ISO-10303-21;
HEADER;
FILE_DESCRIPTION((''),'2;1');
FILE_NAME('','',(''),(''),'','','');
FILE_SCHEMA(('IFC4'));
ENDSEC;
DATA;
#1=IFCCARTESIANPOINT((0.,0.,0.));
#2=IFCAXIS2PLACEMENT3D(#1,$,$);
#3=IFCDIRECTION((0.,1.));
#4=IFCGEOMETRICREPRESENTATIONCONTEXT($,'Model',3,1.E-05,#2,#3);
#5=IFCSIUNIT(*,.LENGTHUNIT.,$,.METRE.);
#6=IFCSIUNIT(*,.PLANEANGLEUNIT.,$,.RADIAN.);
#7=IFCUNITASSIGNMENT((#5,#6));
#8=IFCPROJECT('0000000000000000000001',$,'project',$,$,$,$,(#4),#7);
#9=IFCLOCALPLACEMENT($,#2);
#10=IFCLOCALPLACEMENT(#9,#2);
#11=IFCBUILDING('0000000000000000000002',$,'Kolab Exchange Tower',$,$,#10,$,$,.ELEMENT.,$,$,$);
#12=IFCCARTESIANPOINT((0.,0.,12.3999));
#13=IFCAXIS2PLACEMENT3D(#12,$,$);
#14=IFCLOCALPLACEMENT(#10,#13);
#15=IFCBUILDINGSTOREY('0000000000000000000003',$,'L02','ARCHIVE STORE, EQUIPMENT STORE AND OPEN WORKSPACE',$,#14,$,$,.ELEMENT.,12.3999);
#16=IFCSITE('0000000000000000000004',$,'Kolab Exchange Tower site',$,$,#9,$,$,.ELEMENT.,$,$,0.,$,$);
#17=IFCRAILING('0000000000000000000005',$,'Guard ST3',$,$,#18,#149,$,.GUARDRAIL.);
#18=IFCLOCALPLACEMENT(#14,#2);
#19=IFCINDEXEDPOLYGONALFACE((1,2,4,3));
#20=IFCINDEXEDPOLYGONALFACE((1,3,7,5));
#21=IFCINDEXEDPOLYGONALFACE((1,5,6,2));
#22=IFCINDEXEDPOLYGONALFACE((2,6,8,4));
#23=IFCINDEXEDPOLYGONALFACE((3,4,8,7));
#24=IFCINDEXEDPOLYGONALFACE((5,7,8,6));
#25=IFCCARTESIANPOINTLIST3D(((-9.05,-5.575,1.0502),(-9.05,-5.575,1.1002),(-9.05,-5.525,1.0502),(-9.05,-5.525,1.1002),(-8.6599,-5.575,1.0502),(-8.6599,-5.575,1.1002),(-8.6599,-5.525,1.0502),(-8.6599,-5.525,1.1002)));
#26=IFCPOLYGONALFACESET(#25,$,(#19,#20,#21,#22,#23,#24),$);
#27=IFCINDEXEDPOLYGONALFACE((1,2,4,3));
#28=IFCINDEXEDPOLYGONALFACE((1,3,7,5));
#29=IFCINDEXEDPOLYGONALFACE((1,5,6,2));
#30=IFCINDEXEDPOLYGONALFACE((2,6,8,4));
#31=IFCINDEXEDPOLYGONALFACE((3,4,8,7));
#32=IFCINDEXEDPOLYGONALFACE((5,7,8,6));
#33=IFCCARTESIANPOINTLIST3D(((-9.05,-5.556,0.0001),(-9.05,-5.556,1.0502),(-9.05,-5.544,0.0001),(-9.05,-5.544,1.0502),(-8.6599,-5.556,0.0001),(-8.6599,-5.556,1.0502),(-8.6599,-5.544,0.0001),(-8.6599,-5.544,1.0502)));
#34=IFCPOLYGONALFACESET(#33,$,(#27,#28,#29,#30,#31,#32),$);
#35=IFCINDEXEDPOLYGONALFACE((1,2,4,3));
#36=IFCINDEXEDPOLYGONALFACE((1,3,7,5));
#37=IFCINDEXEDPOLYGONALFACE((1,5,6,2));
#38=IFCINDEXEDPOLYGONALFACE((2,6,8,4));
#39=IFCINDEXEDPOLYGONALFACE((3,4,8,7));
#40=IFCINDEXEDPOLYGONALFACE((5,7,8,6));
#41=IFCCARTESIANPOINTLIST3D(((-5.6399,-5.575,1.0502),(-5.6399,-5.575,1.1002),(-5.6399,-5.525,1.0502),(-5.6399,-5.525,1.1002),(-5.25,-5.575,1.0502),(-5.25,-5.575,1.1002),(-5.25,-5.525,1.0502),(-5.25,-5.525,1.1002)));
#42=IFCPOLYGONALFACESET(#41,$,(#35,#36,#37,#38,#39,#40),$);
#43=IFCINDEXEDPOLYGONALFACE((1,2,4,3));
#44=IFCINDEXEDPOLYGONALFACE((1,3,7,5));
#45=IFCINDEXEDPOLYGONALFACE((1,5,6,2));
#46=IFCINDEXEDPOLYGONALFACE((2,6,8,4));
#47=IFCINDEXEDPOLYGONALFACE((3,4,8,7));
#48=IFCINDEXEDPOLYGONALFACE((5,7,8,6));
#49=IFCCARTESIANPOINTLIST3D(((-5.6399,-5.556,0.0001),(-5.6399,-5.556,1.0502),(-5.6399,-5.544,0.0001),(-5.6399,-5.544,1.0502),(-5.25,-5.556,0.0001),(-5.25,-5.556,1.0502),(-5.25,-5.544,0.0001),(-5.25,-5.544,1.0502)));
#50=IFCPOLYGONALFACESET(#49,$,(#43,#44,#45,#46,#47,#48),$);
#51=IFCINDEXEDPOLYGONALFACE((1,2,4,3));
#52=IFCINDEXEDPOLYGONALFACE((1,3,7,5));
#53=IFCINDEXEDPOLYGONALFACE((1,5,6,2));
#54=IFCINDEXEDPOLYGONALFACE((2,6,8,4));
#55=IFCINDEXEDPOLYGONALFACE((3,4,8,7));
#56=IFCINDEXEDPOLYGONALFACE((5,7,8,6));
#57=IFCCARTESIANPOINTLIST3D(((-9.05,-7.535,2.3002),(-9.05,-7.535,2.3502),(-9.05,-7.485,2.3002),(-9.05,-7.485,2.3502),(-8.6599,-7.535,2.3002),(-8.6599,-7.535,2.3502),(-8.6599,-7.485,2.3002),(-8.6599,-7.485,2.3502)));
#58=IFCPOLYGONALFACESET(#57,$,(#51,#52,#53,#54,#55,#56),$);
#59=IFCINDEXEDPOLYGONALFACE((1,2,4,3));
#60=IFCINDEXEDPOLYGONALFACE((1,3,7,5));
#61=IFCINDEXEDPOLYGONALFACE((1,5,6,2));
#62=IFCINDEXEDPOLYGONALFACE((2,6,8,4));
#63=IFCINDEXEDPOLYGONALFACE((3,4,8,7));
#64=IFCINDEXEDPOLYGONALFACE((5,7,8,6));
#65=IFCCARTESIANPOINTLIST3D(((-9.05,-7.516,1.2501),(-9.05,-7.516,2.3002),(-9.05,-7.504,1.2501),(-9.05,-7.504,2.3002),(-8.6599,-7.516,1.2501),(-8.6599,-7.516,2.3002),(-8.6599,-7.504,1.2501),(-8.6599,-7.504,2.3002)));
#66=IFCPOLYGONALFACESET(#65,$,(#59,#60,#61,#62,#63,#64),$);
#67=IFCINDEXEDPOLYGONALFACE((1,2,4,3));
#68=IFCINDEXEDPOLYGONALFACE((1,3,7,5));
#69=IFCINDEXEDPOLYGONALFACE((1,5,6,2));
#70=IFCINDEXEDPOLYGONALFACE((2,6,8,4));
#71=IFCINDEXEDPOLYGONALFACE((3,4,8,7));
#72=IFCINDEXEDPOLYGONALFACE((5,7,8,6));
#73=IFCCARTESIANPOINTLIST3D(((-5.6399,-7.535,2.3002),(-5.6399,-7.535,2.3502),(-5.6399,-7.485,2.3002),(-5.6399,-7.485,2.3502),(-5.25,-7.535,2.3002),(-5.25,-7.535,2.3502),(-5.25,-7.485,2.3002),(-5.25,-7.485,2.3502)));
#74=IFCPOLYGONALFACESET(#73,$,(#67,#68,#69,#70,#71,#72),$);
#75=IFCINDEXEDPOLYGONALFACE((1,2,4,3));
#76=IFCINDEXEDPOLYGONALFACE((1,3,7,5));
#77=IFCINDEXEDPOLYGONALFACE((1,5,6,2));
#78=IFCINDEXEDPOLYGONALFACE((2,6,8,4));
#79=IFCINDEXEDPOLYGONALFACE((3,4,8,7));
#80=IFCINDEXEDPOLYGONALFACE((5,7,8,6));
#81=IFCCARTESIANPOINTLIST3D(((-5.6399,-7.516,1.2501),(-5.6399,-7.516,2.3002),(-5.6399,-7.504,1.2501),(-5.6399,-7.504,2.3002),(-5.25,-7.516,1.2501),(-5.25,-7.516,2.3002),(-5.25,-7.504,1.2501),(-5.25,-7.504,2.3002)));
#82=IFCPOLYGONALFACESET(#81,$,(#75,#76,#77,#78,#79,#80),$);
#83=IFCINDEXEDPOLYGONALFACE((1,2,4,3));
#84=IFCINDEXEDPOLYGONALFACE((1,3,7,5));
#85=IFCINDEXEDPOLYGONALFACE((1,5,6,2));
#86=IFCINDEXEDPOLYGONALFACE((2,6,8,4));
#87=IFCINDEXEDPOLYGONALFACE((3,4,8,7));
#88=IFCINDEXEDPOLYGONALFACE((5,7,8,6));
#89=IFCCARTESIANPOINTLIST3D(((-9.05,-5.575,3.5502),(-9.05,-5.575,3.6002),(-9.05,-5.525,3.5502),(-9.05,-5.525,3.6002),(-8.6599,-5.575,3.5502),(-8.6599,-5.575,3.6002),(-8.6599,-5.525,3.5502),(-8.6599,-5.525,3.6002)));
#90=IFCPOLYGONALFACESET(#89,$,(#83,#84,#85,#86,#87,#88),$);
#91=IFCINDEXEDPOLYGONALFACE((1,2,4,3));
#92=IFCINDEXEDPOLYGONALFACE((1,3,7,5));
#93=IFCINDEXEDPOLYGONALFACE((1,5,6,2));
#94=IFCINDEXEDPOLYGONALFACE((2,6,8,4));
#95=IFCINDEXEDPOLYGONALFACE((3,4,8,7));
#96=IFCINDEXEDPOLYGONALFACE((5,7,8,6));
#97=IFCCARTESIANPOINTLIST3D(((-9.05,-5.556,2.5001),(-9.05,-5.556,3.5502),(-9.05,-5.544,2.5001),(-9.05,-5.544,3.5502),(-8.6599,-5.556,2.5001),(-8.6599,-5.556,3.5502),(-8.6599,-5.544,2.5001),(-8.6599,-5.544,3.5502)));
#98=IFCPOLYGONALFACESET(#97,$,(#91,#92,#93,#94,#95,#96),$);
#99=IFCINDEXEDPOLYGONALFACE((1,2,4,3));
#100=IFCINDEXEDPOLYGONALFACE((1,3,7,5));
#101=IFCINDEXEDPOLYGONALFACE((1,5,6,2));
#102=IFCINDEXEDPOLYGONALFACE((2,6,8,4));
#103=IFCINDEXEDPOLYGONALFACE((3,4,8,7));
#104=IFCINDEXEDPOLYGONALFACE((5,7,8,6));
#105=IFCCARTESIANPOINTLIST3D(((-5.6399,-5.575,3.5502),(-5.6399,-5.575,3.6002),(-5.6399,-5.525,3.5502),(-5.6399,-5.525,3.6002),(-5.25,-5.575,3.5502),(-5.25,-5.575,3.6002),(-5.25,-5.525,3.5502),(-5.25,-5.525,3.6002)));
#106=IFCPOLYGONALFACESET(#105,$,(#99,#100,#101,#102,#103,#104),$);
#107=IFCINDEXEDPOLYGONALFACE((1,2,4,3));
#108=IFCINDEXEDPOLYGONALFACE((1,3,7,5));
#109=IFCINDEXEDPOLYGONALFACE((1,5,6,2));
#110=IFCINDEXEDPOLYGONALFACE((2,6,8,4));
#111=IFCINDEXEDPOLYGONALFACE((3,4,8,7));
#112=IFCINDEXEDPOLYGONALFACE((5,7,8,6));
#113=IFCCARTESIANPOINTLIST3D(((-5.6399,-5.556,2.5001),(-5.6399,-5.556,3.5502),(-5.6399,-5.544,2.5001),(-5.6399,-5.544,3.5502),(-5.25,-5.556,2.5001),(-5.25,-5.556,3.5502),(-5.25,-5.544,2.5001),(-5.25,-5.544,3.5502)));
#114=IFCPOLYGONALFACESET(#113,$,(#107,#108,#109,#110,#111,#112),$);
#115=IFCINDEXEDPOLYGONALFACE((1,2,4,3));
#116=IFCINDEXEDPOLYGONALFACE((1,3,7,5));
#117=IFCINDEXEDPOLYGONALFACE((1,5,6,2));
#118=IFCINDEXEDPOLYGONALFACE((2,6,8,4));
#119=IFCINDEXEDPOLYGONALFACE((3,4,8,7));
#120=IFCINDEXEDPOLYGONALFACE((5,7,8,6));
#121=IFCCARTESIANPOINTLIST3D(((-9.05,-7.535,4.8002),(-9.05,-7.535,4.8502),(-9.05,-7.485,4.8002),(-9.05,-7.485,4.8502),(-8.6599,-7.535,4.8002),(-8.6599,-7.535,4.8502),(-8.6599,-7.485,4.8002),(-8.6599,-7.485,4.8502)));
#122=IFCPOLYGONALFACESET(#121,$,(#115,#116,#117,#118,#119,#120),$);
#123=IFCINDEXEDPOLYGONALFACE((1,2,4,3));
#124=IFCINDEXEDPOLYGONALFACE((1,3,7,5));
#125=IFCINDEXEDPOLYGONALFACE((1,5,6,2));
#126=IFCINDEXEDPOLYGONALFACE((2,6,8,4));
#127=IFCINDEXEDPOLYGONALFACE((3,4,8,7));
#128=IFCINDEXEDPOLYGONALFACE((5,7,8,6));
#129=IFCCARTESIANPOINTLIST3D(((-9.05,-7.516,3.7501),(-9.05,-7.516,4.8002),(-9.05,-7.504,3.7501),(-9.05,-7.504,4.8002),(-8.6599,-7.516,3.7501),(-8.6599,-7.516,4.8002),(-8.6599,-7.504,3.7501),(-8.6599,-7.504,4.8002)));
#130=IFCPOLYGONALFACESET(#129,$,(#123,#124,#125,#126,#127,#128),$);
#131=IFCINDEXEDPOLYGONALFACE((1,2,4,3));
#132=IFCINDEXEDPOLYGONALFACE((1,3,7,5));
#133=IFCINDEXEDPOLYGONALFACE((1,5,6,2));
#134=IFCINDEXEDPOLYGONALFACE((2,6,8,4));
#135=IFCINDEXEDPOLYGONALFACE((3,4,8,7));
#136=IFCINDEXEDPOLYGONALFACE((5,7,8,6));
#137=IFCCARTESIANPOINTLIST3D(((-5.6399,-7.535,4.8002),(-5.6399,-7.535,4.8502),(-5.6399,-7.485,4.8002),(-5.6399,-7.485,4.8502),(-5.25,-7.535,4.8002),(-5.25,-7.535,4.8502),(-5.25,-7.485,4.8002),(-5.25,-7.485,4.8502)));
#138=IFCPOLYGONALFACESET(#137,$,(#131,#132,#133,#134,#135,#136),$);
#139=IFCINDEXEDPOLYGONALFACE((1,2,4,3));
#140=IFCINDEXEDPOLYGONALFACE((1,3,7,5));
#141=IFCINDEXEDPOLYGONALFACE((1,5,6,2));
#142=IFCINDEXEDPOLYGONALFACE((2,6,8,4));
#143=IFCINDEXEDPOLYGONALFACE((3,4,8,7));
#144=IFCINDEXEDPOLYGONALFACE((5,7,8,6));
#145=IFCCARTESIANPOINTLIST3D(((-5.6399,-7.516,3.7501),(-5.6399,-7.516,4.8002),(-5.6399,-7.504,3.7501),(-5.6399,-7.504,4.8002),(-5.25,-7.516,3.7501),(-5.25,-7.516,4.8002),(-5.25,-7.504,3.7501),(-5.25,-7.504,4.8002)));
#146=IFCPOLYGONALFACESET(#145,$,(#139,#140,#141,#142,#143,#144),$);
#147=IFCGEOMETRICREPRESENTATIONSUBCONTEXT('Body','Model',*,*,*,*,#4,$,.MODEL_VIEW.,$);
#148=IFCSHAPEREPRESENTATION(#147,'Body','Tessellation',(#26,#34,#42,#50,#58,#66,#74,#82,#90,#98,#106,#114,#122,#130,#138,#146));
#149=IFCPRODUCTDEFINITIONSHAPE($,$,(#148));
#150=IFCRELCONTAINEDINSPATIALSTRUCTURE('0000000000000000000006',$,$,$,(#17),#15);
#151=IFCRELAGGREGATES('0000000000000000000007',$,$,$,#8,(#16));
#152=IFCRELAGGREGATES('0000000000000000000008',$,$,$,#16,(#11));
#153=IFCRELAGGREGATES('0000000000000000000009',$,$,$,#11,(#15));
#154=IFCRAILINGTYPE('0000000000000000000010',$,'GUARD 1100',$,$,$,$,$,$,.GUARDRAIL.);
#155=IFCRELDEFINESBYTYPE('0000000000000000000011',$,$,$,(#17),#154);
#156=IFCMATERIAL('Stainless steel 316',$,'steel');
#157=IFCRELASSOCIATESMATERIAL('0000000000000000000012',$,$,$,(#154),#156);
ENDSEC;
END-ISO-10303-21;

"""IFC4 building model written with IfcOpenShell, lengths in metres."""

from ifc_helpers import new_model, si_unit, direction, frame, frame_2d, origin, origin_2d, place, context, subcontext, project, spatial, rectangle, extrude, material, type_object, element, save


model = new_model("IFC4")

# Units and contexts
model_context = context("Model", 3, precision=1e-05, world=origin(), true_north=direction((0.0, 1.0)))
body_context = subcontext(model_context, "Body", "Model", "MODEL_VIEW")
ifc_project = project(units=[si_unit("LENGTHUNIT", "METRE"), si_unit("PLANEANGLEUNIT", "RADIAN")], contexts=[model_context])

# Site, building, storey
site_placement = place(None, origin())
site = spatial("IfcSite", under=ifc_project, at=site_placement, Name="Kolab Exchange Tower site", CompositionType="ELEMENT", RefElevation=0.0)
building_placement = place(site_placement, origin())
building = spatial("IfcBuilding", under=site, at=building_placement, Name="Kolab Exchange Tower", CompositionType="ELEMENT")
storey_placement = place(building_placement, frame((0.0, 0.0, 12.3999)))
storey = spatial("IfcBuildingStorey", under=building, at=storey_placement, Name="L02", Description="ARCHIVE STORE, EQUIPMENT STORE AND OPEN WORKSPACE", CompositionType="ELEMENT", Elevation=12.3999)

# Railing
ifc_material_1 = material(Name="Stainless steel 316", Category="steel")
railing_type = type_object("IfcRailingType", Name="GUARD 1100", PredefinedType="GUARDRAIL", material=ifc_material_1)
railing_placement = place(storey_placement, frame((-9.05, -5.55, 0.0)))
element("IfcRailing", 1, at=railing_placement, inside=storey, type_object=railing_type, Name="Guard ST3", PredefinedType="GUARDRAIL", context=body_context, shape_type="SweptSolid", body=[
    extrude(rectangle(XDim=0.05, YDim=0.05, at=origin_2d()), frame((0.0, 0.0, 1.0752), z_axis=(1.0, 0.0, 0.0), x_axis=(0.0, 1.0, 0.0)), (0.0, 0.0, 1.0), 0.3901),
    extrude(rectangle(XDim=0.012, YDim=1.0501, at=frame_2d((0.0, 0.5251))), frame((0.0, 0.0, 0.0), z_axis=(1.0, 0.0, 0.0), x_axis=(0.0, 1.0, 0.0)), (0.0, 0.0, 1.0), 0.3901),
    extrude(rectangle(XDim=0.05, YDim=0.05, at=origin_2d()), frame((3.4102, 0.0, 1.0752), z_axis=(1.0, 0.0, 0.0), x_axis=(0.0, 1.0, 0.0)), (0.0, 0.0, 1.0), 0.3899),
    extrude(rectangle(XDim=0.012, YDim=1.0501, at=frame_2d((0.0, 0.5251))), frame((3.4102, 0.0, 0.0), z_axis=(1.0, 0.0, 0.0), x_axis=(0.0, 1.0, 0.0)), (0.0, 0.0, 1.0), 0.3899),
    extrude(rectangle(XDim=0.05, YDim=0.05, at=origin_2d()), frame((0.0, -1.96, 2.3252), z_axis=(1.0, 0.0, 0.0), x_axis=(0.0, 1.0, 0.0)), (0.0, 0.0, 1.0), 0.3901),
    extrude(rectangle(XDim=0.012, YDim=1.0501, at=frame_2d((0.0, 0.5251))), frame((0.0, -1.96, 1.25), z_axis=(1.0, 0.0, 0.0), x_axis=(0.0, 1.0, 0.0)), (0.0, 0.0, 1.0), 0.3901),
    extrude(rectangle(XDim=0.05, YDim=0.05, at=origin_2d()), frame((3.4102, -1.96, 2.3252), z_axis=(1.0, 0.0, 0.0), x_axis=(0.0, 1.0, 0.0)), (0.0, 0.0, 1.0), 0.3899),
    extrude(rectangle(XDim=0.012, YDim=1.0501, at=frame_2d((0.0, 0.5251))), frame((3.4102, -1.96, 1.25), z_axis=(1.0, 0.0, 0.0), x_axis=(0.0, 1.0, 0.0)), (0.0, 0.0, 1.0), 0.3899),
    extrude(rectangle(XDim=0.05, YDim=0.05, at=origin_2d()), frame((0.0, 0.0, 3.5752), z_axis=(1.0, 0.0, 0.0), x_axis=(0.0, 1.0, 0.0)), (0.0, 0.0, 1.0), 0.3901),
    extrude(rectangle(XDim=0.012, YDim=1.0501, at=frame_2d((0.0, 0.5251))), frame((0.0, 0.0, 2.5), z_axis=(1.0, 0.0, 0.0), x_axis=(0.0, 1.0, 0.0)), (0.0, 0.0, 1.0), 0.3901),
    extrude(rectangle(XDim=0.05, YDim=0.05, at=origin_2d()), frame((3.4102, 0.0, 3.5752), z_axis=(1.0, 0.0, 0.0), x_axis=(0.0, 1.0, 0.0)), (0.0, 0.0, 1.0), 0.3899),
    extrude(rectangle(XDim=0.012, YDim=1.0501, at=frame_2d((0.0, 0.5251))), frame((3.4102, 0.0, 2.5), z_axis=(1.0, 0.0, 0.0), x_axis=(0.0, 1.0, 0.0)), (0.0, 0.0, 1.0), 0.3899),
    extrude(rectangle(XDim=0.05, YDim=0.05, at=origin_2d()), frame((0.0, -1.96, 4.8252), z_axis=(1.0, 0.0, 0.0), x_axis=(0.0, 1.0, 0.0)), (0.0, 0.0, 1.0), 0.3901),
    extrude(rectangle(XDim=0.012, YDim=1.0501, at=frame_2d((0.0, 0.5251))), frame((0.0, -1.96, 3.75), z_axis=(1.0, 0.0, 0.0), x_axis=(0.0, 1.0, 0.0)), (0.0, 0.0, 1.0), 0.3901),
    extrude(rectangle(XDim=0.05, YDim=0.05, at=origin_2d()), frame((3.4102, -1.96, 4.8252), z_axis=(1.0, 0.0, 0.0), x_axis=(0.0, 1.0, 0.0)), (0.0, 0.0, 1.0), 0.3899),
    extrude(rectangle(XDim=0.012, YDim=1.0501, at=frame_2d((0.0, 0.5251))), frame((3.4102, -1.96, 3.75), z_axis=(1.0, 0.0, 0.0), x_axis=(0.0, 1.0, 0.0)), (0.0, 0.0, 1.0), 0.3899),
])

save(model, "model.ifc")
